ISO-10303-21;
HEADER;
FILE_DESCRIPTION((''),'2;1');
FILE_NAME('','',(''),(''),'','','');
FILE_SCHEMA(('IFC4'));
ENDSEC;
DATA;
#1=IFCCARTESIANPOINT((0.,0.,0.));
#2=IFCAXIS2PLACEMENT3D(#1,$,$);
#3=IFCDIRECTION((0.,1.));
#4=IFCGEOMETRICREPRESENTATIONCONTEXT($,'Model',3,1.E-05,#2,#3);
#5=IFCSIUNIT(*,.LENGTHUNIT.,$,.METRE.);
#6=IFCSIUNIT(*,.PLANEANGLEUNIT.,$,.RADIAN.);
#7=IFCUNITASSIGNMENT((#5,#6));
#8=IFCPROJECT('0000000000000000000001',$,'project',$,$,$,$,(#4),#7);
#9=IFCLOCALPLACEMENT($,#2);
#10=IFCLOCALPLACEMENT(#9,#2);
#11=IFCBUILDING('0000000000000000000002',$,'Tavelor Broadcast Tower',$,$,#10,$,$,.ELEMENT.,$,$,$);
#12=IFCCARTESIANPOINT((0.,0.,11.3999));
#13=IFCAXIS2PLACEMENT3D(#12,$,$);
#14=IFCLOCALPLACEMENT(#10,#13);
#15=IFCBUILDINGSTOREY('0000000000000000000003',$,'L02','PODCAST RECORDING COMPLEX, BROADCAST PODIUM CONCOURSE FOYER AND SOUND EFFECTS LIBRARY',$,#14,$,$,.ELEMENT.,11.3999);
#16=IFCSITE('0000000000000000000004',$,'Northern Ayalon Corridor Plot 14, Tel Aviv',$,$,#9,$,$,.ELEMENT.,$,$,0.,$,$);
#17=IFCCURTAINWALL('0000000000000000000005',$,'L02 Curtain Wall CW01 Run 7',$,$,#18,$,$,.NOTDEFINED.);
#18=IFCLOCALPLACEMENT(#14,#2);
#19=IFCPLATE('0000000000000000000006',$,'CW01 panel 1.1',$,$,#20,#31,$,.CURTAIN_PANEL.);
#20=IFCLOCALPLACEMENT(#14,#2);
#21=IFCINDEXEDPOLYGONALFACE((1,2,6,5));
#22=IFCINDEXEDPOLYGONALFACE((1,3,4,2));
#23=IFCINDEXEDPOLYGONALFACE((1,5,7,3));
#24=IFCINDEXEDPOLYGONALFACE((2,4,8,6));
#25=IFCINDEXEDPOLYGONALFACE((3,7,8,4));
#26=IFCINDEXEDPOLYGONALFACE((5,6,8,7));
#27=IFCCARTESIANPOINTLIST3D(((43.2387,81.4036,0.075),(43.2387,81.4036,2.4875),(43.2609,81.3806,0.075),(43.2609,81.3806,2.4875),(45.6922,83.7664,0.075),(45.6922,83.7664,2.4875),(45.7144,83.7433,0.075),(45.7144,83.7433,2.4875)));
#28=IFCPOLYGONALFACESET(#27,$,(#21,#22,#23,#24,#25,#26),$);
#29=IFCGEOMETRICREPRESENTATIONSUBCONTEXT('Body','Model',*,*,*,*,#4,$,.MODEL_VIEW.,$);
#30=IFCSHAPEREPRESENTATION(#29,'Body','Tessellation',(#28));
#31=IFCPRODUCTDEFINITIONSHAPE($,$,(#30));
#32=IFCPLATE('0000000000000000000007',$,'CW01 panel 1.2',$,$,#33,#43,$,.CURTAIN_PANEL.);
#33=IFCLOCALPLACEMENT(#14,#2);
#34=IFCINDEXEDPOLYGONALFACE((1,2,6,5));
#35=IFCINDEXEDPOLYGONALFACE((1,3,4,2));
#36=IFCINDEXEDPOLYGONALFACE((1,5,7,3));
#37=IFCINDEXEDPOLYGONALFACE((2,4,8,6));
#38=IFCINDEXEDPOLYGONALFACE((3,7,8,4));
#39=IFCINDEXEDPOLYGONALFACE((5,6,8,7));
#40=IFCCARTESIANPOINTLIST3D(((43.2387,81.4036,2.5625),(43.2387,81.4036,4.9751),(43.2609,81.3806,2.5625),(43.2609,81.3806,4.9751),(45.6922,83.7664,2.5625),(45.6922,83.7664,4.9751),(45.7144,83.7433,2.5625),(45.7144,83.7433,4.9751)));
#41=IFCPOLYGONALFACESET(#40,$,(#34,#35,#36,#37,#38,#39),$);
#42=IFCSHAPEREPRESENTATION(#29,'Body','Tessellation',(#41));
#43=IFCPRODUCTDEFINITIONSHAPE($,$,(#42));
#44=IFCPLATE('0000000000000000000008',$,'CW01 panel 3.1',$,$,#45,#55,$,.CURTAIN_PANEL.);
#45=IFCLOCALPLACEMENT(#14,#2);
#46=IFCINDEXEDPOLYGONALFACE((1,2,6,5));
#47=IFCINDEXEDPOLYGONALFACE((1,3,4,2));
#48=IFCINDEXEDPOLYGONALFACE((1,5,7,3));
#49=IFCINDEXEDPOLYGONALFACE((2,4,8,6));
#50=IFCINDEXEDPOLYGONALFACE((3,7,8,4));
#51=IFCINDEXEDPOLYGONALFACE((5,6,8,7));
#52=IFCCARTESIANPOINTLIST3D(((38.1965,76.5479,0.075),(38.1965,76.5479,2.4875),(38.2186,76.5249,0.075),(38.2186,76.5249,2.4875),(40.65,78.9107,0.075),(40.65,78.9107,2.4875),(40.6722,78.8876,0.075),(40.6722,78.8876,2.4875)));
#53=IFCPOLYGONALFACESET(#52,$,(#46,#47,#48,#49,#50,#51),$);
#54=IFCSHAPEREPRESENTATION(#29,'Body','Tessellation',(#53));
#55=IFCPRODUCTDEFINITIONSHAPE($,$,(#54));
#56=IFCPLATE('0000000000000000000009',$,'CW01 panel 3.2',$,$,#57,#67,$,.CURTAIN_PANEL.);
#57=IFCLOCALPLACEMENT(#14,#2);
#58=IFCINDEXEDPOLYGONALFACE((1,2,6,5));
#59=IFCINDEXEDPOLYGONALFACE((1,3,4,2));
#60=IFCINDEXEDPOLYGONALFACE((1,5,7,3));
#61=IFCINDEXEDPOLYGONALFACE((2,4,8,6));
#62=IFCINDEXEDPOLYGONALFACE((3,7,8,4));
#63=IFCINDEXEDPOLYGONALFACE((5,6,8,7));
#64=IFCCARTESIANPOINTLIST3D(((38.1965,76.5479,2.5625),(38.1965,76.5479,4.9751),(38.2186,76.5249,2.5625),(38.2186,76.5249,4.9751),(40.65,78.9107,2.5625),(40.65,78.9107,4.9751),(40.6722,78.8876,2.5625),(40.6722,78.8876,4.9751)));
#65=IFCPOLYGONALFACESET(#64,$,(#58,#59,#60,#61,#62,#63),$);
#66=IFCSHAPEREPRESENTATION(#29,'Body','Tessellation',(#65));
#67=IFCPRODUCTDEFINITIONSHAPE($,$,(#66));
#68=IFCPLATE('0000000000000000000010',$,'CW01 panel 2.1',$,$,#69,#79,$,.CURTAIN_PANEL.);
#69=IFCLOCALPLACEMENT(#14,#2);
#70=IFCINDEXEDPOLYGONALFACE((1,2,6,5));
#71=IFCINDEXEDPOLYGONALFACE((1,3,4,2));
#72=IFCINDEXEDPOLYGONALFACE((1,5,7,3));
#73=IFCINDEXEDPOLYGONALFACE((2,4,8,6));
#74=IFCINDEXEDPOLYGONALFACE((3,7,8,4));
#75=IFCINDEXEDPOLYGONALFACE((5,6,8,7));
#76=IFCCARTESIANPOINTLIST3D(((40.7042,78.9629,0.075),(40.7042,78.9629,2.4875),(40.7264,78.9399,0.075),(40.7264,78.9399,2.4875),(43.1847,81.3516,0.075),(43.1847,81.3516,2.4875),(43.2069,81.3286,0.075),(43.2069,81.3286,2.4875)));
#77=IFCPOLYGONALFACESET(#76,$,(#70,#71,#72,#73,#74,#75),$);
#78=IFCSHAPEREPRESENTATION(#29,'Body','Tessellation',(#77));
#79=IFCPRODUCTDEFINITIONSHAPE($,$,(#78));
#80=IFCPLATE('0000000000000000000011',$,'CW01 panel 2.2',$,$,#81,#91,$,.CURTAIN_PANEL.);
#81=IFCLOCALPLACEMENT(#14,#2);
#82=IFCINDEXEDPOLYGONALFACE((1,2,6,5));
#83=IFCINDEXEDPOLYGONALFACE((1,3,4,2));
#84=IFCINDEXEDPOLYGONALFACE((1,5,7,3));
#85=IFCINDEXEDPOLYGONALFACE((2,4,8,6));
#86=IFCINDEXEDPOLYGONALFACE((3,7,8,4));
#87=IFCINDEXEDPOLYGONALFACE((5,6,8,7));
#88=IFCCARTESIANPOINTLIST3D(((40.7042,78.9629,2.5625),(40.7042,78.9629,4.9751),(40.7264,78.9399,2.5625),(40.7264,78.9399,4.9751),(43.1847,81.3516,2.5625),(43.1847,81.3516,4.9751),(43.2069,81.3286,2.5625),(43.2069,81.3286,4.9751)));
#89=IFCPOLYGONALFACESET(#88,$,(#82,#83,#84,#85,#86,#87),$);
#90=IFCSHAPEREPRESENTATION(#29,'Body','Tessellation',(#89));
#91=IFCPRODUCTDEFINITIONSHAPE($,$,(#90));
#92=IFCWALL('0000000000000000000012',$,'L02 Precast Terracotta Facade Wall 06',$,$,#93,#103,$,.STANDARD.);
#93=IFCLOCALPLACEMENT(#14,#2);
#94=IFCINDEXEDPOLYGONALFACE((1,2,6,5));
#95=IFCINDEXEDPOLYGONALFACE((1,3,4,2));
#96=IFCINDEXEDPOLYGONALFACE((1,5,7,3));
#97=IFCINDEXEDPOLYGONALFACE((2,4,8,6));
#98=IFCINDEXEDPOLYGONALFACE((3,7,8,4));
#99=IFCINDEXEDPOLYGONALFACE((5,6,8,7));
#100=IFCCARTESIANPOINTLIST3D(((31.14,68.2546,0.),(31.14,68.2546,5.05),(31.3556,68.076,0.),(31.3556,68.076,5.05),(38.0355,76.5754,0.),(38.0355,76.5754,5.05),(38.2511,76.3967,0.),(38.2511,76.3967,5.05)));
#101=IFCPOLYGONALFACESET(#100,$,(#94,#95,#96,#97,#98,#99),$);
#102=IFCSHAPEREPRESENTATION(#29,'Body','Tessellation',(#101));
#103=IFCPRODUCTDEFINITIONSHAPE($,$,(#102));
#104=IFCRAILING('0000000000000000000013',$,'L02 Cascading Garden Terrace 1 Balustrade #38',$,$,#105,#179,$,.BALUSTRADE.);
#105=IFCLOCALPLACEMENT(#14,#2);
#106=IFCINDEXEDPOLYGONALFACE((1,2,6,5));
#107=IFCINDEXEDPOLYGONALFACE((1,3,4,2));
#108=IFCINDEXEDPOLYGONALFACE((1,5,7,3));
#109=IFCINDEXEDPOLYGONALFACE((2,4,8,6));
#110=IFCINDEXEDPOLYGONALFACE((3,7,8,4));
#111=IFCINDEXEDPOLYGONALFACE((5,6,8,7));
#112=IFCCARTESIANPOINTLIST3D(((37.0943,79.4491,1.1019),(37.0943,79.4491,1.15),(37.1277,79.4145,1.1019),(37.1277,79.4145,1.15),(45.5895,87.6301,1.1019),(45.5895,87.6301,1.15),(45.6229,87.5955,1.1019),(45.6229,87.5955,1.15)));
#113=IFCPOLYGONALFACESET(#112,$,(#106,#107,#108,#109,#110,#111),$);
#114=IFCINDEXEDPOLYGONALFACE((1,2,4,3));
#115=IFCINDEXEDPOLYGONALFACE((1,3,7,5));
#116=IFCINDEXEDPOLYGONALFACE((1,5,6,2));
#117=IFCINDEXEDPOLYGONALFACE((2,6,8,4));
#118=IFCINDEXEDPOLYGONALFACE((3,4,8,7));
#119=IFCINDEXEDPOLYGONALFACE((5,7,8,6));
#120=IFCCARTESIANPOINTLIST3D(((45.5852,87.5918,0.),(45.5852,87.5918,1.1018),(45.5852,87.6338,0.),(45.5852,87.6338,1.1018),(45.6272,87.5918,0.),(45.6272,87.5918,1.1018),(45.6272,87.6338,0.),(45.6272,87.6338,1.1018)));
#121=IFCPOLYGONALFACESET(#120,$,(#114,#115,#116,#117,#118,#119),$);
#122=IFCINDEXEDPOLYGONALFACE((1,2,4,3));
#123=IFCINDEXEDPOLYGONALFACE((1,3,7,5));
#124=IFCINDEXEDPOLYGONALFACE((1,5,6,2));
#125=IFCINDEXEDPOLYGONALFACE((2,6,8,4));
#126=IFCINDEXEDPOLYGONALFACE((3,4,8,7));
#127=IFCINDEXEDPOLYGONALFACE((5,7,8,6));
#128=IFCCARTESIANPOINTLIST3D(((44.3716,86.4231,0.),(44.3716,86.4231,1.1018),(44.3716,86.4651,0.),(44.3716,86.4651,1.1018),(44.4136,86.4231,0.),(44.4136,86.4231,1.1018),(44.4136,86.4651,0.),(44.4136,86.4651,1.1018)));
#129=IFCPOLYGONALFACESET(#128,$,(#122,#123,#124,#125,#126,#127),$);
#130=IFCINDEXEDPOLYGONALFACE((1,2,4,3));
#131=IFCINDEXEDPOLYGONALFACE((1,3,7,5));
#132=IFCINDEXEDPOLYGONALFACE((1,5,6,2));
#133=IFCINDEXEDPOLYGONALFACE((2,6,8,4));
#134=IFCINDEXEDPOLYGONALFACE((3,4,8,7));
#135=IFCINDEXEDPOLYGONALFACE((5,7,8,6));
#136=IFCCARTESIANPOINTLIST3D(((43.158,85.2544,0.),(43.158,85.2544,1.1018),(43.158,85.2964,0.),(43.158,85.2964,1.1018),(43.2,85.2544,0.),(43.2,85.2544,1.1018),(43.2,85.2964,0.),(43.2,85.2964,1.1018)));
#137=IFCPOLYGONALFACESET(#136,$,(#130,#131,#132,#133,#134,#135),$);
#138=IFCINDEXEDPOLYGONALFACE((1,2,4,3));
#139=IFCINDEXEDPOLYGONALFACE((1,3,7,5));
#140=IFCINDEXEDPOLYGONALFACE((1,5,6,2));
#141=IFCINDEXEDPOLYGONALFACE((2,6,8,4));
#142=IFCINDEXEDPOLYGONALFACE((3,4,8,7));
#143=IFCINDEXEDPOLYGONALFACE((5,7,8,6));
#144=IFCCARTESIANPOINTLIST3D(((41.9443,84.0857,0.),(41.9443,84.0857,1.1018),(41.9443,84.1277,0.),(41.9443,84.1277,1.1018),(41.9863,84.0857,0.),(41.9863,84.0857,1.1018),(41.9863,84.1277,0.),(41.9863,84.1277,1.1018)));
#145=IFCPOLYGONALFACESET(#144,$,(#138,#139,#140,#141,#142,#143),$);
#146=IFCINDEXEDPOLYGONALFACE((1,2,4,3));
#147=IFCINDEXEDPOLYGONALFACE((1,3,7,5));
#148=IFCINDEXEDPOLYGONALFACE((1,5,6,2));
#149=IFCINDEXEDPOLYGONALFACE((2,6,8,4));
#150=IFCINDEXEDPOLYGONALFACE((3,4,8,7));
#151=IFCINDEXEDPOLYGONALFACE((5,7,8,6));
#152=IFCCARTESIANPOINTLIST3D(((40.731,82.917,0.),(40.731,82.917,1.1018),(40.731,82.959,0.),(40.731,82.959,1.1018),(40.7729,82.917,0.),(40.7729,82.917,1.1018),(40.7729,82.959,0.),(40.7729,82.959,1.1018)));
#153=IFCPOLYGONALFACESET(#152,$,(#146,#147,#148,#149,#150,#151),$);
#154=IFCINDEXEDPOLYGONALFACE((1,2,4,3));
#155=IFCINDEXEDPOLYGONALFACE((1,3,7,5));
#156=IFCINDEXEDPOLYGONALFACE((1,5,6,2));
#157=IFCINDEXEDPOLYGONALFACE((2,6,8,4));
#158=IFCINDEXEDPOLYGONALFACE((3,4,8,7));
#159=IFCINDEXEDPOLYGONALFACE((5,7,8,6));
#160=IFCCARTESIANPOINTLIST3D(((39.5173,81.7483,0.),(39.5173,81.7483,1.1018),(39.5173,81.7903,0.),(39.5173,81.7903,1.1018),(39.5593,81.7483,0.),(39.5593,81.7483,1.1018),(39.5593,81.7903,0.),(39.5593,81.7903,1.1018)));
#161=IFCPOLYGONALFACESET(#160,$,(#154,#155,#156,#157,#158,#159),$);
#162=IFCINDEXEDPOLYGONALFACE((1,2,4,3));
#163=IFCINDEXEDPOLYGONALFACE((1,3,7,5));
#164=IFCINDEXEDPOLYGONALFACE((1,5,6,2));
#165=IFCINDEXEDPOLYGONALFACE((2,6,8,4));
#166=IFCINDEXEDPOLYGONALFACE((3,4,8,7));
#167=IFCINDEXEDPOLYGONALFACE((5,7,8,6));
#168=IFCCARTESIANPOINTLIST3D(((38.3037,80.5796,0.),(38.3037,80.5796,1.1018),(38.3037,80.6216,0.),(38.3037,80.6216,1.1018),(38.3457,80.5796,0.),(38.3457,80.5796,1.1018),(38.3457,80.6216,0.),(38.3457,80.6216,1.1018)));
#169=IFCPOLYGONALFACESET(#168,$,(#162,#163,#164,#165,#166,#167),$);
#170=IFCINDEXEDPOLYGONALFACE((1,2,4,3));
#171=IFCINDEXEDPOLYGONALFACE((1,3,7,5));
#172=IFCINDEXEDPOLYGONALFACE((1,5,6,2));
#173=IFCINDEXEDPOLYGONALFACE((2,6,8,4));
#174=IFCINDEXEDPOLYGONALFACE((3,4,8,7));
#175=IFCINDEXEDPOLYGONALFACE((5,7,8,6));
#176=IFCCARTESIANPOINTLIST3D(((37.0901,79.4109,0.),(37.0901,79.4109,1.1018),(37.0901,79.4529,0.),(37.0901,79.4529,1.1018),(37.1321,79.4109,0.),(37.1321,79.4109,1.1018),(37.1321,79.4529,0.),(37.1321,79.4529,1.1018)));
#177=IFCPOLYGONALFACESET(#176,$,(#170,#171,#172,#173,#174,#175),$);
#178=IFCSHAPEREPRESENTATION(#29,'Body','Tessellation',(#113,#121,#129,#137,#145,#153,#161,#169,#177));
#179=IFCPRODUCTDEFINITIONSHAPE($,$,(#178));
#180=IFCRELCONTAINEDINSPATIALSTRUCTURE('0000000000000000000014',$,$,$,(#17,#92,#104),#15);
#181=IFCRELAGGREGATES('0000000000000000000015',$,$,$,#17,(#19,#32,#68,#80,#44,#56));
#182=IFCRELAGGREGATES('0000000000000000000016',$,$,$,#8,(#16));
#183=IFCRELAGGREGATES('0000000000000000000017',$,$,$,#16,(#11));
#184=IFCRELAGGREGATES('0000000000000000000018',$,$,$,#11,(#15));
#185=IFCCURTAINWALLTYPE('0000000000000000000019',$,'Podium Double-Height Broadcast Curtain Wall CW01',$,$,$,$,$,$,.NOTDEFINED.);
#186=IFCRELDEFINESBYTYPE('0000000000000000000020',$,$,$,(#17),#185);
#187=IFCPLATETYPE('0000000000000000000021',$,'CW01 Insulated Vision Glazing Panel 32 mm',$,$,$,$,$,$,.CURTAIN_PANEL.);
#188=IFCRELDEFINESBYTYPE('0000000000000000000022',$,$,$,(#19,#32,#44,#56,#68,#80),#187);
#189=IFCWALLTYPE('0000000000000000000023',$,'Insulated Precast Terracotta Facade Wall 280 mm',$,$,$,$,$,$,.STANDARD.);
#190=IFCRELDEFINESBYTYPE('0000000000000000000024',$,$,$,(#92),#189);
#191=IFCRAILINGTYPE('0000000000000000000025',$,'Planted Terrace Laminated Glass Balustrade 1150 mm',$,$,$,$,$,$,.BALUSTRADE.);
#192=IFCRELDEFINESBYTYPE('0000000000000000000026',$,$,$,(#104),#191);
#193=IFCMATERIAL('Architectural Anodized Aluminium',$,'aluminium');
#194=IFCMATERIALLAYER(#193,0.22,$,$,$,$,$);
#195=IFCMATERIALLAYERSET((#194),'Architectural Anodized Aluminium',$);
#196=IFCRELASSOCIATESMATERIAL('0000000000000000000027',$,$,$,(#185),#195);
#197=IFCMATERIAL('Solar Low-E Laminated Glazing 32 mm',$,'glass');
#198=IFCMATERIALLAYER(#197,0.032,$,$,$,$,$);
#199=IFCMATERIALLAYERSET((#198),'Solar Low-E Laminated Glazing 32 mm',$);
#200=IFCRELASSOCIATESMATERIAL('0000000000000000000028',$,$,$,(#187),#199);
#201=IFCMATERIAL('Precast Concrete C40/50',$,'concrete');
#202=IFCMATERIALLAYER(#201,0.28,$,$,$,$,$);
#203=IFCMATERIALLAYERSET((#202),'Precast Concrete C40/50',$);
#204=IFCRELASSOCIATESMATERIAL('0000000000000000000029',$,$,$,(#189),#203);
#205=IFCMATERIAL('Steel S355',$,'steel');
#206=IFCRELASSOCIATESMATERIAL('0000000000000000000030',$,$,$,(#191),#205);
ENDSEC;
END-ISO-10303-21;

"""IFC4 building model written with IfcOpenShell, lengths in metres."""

from ifc_helpers import new_model, si_unit, direction, frame, frame_2d, origin, origin_2d, place, context, subcontext, project, spatial, rectangle, extrude, source, transform, mapped, material, layer, layer_set, type_object, type_shapes, element, aggregate, save


model = new_model("IFC4")

# Units and contexts
model_context = context("Model", 3, precision=1e-05, world=origin(), true_north=direction((0.0, 1.0)))
body_context = subcontext(model_context, "Body", "Model", "MODEL_VIEW")
ifc_project = project(units=[si_unit("LENGTHUNIT", "METRE"), si_unit("PLANEANGLEUNIT", "RADIAN")], contexts=[model_context])

# Site, building, storey
site_placement = place(None, origin())
site = spatial("IfcSite", under=ifc_project, at=site_placement, Name="Northern Ayalon Corridor Plot 14, Tel Aviv", CompositionType="ELEMENT", RefElevation=0.0)
building_placement = place(site_placement, origin())
building = spatial("IfcBuilding", under=site, at=building_placement, Name="Tavelor Broadcast Tower", CompositionType="ELEMENT")
storey_placement = place(building_placement, frame((0.0, 0.0, 11.3999)))
storey = spatial("IfcBuildingStorey", under=building, at=storey_placement, Name="L02", Description="PODCAST RECORDING COMPLEX, BROADCAST PODIUM CONCOURSE FOYER AND SOUND EFFECTS LIBRARY", CompositionType="ELEMENT", Elevation=11.3999)

# Shared definitions
ifc_material_1 = material(Name="Steel S355", Category="steel")

# Curtain wall
ifc_material_2 = material(Name="Architectural Anodized Aluminium", Category="aluminium")
ifc_layer_1 = layer(ifc_material_2, 0.22)
ifc_layer_set_1 = layer_set([ifc_layer_1], Name="Architectural Anodized Aluminium")
curtain_wall_type = type_object("IfcCurtainWallType", Name="Podium Double-Height Broadcast Curtain Wall CW01", PredefinedType="NOTDEFINED", material=ifc_layer_set_1)
curtain_wall_placement = place(storey_placement, origin())
curtain_wall = element("IfcCurtainWall", 1, at=curtain_wall_placement, inside=storey, type_object=curtain_wall_type, Name="L02 Curtain Wall CW01 Run 7", PredefinedType="NOTDEFINED")

# Plates
ifc_material_3 = material(Name="Solar Low-E Laminated Glazing 32 mm", Category="glass")
ifc_layer_2 = layer(ifc_material_3, 0.032)
ifc_layer_set_2 = layer_set([ifc_layer_2], Name="Solar Low-E Laminated Glazing 32 mm")
plate_type_1 = type_object("IfcPlateType", Name="CW01 Insulated Vision Glazing Panel 32 mm", PredefinedType="CURTAIN_PANEL", material=ifc_layer_set_2)
shared_shape_1 = source(origin(), body_context, "Body", "SweptSolid", [
    extrude(rectangle(XDim=3.4062, YDim=0.032, at=origin_2d()), origin(), (0.0, 0.0, 1.0), 2.4126),
])
plate_1_placement = place(storey_placement, frame((44.4766, 82.5735, 0.075), z_axis=(0.0, 0.0, 1.0), x_axis=(-0.72031, -0.693652, 0.0)))
plate_1 = element("IfcPlate", 2, at=plate_1_placement, type_object=plate_type_1, Name="CW01 panel 1.1", PredefinedType="CURTAIN_PANEL", context=body_context, shape_type="MappedRepresentation", body=[
    mapped(shared_shape_1, transform((0.0, 0.0, 0.0), scale=1.0)),
])
plate_2_placement = place(storey_placement, frame((44.4766, 82.5735, 2.5625), z_axis=(0.0, 0.0, 1.0), x_axis=(-0.72031, -0.693652, 0.0)))
plate_2 = element("IfcPlate", 3, at=plate_2_placement, type_object=plate_type_1, Name="CW01 panel 1.2", PredefinedType="CURTAIN_PANEL", context=body_context, shape_type="MappedRepresentation", body=[
    mapped(shared_shape_1, transform((0.0, 0.0, 0.0), scale=1.0)),
])
plate_3_placement = place(storey_placement, frame((39.4343, 77.7178, 0.075), z_axis=(0.0, 0.0, 1.0), x_axis=(-0.72031, -0.693652, 0.0)))
plate_3 = element("IfcPlate", 4, at=plate_3_placement, type_object=plate_type_1, Name="CW01 panel 3.1", PredefinedType="CURTAIN_PANEL", context=body_context, shape_type="MappedRepresentation", body=[
    mapped(shared_shape_1, transform((0.0, 0.0, 0.0), scale=1.0)),
])
plate_4_placement = place(storey_placement, frame((39.4343, 77.7178, 2.5625), z_axis=(0.0, 0.0, 1.0), x_axis=(-0.72031, -0.693652, 0.0)))
plate_4 = element("IfcPlate", 5, at=plate_4_placement, type_object=plate_type_1, Name="CW01 panel 3.2", PredefinedType="CURTAIN_PANEL", context=body_context, shape_type="MappedRepresentation", body=[
    mapped(shared_shape_1, transform((0.0, 0.0, 0.0), scale=1.0)),
])
shared_shape_2 = source(origin(), body_context, "Body", "SweptSolid", [
    extrude(rectangle(XDim=3.4436, YDim=0.032, at=origin_2d()), origin(), (0.0, 0.0, 1.0), 2.4126),
])
type_shapes(plate_type_1, [shared_shape_1, shared_shape_2])
plate_5_placement = place(storey_placement, frame((41.9556, 80.1458, 0.075), z_axis=(0.0, 0.0, 1.0), x_axis=(-0.72031, -0.693652, 0.0)))
plate_5 = element("IfcPlate", 6, at=plate_5_placement, type_object=plate_type_1, Name="CW01 panel 2.1", PredefinedType="CURTAIN_PANEL", context=body_context, shape_type="MappedRepresentation", body=[
    mapped(shared_shape_2, transform((0.0, 0.0, 0.0), scale=1.0)),
])
plate_6_placement = place(storey_placement, frame((41.9556, 80.1458, 2.5625), z_axis=(0.0, 0.0, 1.0), x_axis=(-0.72031, -0.693652, 0.0)))
plate_6 = element("IfcPlate", 7, at=plate_6_placement, type_object=plate_type_1, Name="CW01 panel 2.2", PredefinedType="CURTAIN_PANEL", context=body_context, shape_type="MappedRepresentation", body=[
    mapped(shared_shape_2, transform((0.0, 0.0, 0.0), scale=1.0)),
])
aggregate(curtain_wall, [plate_1, plate_2, plate_5, plate_6, plate_3, plate_4])

# Wall
ifc_material_4 = material(Name="Precast Concrete C40/50", Category="concrete")
ifc_layer_3 = layer(ifc_material_4, 0.28)
ifc_layer_set_3 = layer_set([ifc_layer_3], Name="Precast Concrete C40/50")
wall_type = type_object("IfcWallType", Name="Insulated Precast Terracotta Facade Wall 280 mm", PredefinedType="STANDARD", material=ifc_layer_set_3)
wall_placement = place(storey_placement, frame((38.1433, 76.4861, 0.0), z_axis=(0.0, 0.0, 1.0), x_axis=(-0.63808, -0.76997, 0.0)))
element("IfcWall", 8, at=wall_placement, inside=storey, type_object=wall_type, Name="L02 Precast Terracotta Facade Wall 06", PredefinedType="STANDARD", context=body_context, shape_type="SweptSolid", body=[
    extrude(rectangle(XDim=10.8066, YDim=0.28, at=frame_2d((5.4033, 0.0))), origin(), (0.0, 0.0, 1.0), 5.05),
])

# Railing
railing_type = type_object("IfcRailingType", Name="Planted Terrace Laminated Glass Balustrade 1150 mm", PredefinedType="BALUSTRADE", material=ifc_material_1)
railing_1_placement = place(storey_placement, frame((45.6062, 87.6128, 0.0)))
element("IfcRailing", 9, at=railing_1_placement, inside=storey, type_object=railing_type, Name="L02 Cascading Garden Terrace 1 Balustrade #38", PredefinedType="BALUSTRADE", context=body_context, shape_type="SweptSolid", body=[
    extrude(rectangle(XDim=0.0481, YDim=0.0481, at=origin_2d()), frame((0.0, 0.0, 1.126), z_axis=(-0.720302, -0.69366, 0.0), x_axis=(0.69366, -0.720302, 0.0)), (0.0, 0.0, 1.0), 11.7939),
    extrude(rectangle(XDim=0.042, YDim=0.042, at=origin_2d()), origin(), (0.0, 0.0, 1.0), 1.1018),
    extrude(rectangle(XDim=0.042, YDim=0.042, at=origin_2d()), frame((-1.2136, -1.1687, 0.0)), (0.0, 0.0, 1.0), 1.1018),
    extrude(rectangle(XDim=0.042, YDim=0.042, at=origin_2d()), frame((-2.4272, -2.3374, 0.0)), (0.0, 0.0, 1.0), 1.1018),
    extrude(rectangle(XDim=0.042, YDim=0.042, at=origin_2d()), frame((-3.6409, -3.5061, 0.0)), (0.0, 0.0, 1.0), 1.1018),
    extrude(rectangle(XDim=0.042, YDim=0.042, at=origin_2d()), frame((-4.8542, -4.6748, 0.0)), (0.0, 0.0, 1.0), 1.1018),
    extrude(rectangle(XDim=0.042, YDim=0.042, at=origin_2d()), frame((-6.0679, -5.8435, 0.0)), (0.0, 0.0, 1.0), 1.1018),
    extrude(rectangle(XDim=0.042, YDim=0.042, at=origin_2d()), frame((-7.2815, -7.0122, 0.0)), (0.0, 0.0, 1.0), 1.1018),
    extrude(rectangle(XDim=0.042, YDim=0.042, at=origin_2d()), frame((-8.4951, -8.1809, 0.0)), (0.0, 0.0, 1.0), 1.1018),
])

save(model, "model.ifc")
